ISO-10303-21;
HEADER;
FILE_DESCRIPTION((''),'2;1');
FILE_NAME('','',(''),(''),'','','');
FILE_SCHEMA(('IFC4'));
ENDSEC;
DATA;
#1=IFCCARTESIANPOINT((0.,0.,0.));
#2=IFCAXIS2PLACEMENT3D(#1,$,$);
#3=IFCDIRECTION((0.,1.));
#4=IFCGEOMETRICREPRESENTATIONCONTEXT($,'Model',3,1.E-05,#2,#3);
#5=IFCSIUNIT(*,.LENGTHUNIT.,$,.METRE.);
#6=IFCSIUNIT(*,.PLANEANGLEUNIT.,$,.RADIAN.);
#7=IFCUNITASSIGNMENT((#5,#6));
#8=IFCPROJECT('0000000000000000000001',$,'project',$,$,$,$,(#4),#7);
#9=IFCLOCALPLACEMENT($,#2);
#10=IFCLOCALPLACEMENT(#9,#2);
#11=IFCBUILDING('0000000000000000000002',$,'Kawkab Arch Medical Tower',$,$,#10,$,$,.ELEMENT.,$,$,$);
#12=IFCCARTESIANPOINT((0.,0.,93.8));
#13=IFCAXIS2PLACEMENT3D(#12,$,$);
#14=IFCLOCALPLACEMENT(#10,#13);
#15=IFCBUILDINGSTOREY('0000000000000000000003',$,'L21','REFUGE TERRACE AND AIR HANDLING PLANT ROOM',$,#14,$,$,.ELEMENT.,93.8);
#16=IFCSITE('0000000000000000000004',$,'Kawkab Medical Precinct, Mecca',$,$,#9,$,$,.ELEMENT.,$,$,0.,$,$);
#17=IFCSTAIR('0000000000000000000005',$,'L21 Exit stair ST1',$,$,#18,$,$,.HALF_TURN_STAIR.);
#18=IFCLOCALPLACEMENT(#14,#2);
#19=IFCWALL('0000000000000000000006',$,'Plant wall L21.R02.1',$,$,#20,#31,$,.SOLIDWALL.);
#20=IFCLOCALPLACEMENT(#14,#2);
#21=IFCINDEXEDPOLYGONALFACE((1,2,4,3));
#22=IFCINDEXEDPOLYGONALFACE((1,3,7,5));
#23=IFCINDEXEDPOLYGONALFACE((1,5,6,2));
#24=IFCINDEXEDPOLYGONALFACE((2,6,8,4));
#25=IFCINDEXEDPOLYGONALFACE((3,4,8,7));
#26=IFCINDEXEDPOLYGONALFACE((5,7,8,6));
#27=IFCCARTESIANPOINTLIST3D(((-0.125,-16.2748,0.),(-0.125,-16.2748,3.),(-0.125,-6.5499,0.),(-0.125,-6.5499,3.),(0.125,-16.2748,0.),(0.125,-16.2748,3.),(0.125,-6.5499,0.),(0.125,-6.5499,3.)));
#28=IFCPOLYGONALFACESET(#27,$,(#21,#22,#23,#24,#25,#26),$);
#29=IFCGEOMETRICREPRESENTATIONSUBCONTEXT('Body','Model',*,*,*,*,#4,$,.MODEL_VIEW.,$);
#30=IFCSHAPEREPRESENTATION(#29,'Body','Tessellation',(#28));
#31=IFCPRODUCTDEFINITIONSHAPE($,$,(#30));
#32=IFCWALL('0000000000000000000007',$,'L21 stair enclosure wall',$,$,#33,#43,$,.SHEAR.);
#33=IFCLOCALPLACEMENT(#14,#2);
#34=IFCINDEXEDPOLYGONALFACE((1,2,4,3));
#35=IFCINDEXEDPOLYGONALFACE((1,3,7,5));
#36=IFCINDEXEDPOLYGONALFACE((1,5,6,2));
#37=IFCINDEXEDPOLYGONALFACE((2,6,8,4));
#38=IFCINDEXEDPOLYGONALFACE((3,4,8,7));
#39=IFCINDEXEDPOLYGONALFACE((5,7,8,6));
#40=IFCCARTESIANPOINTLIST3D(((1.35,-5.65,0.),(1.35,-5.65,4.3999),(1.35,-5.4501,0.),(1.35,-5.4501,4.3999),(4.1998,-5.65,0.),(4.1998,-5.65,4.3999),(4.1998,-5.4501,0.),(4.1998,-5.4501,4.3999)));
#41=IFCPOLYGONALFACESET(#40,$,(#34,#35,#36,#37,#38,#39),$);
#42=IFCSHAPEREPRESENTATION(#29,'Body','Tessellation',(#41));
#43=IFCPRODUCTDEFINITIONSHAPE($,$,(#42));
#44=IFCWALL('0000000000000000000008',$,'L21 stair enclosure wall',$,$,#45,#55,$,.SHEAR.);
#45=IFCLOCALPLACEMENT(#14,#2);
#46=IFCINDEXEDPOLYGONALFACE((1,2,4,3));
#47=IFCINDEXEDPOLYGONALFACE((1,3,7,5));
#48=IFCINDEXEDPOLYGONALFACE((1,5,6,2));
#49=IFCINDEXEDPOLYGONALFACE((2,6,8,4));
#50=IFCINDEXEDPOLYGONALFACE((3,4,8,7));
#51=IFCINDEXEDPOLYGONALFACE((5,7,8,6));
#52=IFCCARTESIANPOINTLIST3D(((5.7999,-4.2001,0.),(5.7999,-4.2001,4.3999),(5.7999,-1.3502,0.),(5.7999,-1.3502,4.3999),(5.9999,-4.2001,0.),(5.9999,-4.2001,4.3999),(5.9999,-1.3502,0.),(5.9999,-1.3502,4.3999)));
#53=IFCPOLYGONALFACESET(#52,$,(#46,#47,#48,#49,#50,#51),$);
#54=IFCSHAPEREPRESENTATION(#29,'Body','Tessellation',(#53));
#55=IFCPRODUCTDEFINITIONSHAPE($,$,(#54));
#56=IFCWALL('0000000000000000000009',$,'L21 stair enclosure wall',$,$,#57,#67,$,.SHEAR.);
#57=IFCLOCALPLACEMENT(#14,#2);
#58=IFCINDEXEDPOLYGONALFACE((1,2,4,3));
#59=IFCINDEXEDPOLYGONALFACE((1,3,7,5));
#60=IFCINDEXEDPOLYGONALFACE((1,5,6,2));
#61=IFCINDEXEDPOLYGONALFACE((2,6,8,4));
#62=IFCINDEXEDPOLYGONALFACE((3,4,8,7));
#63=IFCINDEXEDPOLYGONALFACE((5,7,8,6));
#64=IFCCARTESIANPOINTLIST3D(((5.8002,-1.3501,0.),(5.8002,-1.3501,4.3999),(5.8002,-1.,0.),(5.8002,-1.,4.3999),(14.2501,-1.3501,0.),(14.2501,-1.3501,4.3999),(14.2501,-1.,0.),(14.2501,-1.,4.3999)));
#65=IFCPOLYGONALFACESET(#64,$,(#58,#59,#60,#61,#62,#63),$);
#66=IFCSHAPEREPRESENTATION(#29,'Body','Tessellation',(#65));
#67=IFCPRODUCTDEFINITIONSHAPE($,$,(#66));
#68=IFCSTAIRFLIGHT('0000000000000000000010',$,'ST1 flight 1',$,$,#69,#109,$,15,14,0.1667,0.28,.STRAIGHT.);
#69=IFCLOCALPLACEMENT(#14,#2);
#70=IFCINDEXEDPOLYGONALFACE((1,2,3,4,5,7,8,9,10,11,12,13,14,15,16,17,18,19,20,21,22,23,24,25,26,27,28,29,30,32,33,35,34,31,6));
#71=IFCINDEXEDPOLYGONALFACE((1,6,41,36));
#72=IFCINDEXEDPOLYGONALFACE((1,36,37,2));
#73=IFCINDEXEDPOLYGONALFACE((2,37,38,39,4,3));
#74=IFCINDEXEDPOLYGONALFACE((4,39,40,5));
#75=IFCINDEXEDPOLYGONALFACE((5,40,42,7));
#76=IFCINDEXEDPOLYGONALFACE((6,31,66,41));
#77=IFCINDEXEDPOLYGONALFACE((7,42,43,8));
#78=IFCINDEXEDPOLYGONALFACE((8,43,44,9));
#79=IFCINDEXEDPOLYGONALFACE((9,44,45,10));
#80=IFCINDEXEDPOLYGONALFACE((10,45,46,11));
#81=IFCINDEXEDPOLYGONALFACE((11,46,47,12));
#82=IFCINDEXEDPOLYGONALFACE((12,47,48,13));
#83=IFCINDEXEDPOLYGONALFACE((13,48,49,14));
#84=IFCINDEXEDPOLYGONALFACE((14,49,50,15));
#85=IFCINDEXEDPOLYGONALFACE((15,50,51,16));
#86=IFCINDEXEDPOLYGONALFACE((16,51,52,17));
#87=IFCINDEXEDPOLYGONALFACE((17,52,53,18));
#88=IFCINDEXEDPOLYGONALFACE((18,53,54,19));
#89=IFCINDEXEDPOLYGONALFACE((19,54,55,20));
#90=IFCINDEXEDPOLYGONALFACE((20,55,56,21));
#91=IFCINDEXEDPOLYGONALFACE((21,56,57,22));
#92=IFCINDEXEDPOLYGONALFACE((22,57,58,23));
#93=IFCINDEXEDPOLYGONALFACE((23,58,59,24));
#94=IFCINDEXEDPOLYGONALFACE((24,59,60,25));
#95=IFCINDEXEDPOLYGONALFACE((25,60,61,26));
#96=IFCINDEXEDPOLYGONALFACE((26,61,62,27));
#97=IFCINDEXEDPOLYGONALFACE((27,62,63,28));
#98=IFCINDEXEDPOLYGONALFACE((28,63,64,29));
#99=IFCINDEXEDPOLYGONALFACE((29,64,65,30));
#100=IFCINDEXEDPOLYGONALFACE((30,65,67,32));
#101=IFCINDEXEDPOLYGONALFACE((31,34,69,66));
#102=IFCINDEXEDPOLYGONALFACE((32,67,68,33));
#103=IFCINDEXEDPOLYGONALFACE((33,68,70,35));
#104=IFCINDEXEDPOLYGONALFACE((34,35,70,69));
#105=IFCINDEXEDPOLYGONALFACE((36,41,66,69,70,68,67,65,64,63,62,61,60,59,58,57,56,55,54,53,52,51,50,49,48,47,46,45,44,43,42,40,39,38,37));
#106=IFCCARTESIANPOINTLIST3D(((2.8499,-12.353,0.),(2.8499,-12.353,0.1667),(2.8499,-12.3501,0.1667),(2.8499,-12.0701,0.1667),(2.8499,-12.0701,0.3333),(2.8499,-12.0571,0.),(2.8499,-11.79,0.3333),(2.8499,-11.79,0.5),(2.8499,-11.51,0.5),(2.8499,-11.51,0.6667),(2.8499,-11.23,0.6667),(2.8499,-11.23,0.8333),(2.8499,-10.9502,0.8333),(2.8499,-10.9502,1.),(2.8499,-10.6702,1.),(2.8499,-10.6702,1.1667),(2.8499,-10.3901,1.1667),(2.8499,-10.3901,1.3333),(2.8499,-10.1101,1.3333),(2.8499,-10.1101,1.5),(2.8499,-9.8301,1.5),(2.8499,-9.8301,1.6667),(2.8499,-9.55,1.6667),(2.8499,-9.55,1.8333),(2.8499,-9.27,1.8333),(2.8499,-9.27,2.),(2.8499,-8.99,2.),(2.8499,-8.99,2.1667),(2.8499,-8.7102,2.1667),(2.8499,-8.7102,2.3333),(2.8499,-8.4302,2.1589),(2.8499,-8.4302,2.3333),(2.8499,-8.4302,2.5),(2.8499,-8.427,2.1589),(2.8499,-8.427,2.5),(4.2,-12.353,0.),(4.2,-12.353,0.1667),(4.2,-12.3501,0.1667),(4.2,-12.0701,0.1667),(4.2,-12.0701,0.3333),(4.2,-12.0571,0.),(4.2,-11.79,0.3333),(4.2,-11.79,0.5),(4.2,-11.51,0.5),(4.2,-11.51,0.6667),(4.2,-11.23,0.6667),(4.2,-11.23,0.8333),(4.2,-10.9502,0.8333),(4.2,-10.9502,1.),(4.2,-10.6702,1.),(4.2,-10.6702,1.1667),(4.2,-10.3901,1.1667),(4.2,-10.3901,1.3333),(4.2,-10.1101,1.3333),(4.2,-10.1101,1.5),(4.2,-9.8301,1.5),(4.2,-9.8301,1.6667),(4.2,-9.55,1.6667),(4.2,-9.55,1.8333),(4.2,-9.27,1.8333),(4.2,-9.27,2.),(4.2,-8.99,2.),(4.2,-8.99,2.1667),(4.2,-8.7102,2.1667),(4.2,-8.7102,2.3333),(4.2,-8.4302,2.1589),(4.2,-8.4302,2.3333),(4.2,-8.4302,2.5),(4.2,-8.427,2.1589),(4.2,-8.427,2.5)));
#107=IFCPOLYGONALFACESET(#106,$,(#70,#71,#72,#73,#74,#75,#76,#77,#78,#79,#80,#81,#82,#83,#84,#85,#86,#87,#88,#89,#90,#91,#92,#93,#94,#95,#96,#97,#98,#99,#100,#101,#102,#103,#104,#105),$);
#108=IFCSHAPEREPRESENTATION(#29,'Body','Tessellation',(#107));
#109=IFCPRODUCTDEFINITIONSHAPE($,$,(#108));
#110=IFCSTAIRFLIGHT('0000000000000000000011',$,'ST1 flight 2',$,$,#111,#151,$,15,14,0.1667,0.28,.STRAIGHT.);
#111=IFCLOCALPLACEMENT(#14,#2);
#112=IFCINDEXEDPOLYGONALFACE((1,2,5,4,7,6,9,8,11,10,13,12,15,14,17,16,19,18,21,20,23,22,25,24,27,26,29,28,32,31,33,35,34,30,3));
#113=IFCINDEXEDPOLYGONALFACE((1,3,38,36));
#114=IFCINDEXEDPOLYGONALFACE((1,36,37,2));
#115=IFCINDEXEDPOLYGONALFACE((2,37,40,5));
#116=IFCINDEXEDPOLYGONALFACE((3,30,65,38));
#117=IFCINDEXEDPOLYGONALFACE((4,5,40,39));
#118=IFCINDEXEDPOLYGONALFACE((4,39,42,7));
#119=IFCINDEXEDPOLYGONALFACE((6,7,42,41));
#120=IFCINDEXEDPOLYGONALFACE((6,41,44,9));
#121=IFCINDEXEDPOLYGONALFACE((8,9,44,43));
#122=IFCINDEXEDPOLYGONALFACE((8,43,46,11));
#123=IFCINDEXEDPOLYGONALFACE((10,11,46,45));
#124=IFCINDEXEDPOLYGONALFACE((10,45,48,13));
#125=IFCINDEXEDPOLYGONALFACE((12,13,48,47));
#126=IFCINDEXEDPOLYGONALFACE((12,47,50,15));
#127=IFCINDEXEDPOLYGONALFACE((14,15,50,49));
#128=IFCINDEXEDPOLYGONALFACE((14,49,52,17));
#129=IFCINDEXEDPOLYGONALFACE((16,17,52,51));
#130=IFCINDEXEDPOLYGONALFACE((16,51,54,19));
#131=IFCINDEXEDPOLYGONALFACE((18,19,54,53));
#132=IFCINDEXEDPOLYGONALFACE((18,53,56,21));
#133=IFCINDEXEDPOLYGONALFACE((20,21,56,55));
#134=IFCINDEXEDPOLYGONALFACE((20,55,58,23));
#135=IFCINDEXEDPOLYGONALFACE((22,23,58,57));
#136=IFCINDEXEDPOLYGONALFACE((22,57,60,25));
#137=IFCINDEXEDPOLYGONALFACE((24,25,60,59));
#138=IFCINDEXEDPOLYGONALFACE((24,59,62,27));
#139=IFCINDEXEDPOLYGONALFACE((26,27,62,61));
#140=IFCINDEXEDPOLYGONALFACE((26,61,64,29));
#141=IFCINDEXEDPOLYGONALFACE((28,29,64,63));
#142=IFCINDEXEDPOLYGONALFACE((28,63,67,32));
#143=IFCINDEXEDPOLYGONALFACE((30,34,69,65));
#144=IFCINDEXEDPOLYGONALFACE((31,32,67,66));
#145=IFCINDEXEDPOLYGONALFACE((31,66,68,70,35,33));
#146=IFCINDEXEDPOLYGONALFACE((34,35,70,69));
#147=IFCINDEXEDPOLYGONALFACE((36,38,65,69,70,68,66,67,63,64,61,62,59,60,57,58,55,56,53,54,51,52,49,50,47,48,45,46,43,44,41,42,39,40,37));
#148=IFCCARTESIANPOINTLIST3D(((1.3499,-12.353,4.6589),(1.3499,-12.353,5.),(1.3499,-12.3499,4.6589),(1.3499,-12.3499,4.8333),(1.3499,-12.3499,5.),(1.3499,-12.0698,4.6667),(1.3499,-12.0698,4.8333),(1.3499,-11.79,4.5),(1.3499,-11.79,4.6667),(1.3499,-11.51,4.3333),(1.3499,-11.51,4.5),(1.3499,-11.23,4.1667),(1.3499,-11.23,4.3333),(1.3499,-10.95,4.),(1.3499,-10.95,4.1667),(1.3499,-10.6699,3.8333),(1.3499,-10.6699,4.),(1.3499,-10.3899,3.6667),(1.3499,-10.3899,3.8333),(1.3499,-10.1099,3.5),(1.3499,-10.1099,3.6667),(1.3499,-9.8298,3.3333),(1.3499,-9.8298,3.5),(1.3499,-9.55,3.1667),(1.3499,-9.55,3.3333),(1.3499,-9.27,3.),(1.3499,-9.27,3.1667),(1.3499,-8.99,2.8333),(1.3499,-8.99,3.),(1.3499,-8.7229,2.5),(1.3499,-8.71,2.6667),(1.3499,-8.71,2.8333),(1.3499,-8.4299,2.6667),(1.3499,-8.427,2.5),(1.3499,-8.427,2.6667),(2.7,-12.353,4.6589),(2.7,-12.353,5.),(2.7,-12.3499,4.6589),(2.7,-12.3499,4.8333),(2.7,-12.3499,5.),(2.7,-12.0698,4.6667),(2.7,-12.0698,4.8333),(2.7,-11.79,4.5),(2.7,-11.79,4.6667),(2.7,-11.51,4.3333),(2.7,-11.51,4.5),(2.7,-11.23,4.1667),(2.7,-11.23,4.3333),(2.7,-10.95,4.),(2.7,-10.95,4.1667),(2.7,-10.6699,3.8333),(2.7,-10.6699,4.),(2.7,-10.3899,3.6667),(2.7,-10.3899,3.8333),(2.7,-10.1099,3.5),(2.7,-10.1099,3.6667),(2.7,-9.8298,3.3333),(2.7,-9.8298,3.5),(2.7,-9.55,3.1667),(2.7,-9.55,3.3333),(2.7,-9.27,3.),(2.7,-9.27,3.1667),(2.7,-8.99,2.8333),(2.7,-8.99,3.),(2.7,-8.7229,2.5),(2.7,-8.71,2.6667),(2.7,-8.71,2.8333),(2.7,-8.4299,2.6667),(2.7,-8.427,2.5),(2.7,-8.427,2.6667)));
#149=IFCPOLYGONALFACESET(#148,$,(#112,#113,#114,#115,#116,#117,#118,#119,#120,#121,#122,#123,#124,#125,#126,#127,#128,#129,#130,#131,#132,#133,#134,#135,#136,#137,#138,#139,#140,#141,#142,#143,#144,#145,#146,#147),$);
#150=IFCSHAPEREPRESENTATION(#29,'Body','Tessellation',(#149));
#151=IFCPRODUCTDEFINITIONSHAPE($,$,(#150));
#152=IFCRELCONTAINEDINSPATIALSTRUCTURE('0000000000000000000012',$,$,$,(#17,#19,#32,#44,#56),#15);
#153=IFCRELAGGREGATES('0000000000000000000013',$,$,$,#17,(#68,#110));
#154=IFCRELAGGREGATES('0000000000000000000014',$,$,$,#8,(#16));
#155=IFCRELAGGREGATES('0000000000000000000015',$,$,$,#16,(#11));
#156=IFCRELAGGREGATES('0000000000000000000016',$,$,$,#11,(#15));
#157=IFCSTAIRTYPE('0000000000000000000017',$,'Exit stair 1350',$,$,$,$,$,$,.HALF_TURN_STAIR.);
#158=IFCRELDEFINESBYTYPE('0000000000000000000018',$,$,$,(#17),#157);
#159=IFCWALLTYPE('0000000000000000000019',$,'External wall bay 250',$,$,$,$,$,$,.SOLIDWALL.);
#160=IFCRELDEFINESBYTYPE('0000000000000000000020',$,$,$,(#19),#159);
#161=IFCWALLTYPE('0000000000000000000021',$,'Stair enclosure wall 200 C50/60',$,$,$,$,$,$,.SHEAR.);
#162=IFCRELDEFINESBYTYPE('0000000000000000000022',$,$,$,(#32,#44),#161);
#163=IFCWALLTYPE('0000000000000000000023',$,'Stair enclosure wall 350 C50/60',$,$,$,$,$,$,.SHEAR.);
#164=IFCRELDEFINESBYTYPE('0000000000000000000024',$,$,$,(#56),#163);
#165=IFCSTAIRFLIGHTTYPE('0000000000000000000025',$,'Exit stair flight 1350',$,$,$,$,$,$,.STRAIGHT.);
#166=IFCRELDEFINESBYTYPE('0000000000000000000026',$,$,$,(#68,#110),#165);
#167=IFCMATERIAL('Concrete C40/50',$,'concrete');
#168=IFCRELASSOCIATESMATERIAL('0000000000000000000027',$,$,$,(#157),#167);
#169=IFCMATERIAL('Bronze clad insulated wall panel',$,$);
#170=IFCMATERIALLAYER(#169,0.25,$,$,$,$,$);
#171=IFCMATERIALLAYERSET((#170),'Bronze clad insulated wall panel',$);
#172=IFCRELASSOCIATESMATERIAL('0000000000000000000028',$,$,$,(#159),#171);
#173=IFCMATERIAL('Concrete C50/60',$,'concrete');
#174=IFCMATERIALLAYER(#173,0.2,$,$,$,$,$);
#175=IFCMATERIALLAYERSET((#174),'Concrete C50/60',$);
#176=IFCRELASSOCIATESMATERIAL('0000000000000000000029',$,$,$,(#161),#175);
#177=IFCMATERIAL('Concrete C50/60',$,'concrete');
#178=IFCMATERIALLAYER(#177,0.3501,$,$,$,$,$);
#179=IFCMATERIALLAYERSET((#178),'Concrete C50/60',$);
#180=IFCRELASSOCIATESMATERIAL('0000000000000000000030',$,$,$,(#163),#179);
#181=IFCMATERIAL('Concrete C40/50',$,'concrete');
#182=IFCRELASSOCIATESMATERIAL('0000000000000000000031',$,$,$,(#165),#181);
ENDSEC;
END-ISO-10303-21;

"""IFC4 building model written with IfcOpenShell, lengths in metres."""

from ifc_helpers import new_model, si_unit, direction, frame, frame_2d, origin, place, context, subcontext, project, spatial, polyline, rectangle, outline, extrude, material, layer, layer_set, type_object, element, aggregate, save


model = new_model("IFC4")

# Units and contexts
model_context = context("Model", 3, precision=1e-05, world=origin(), true_north=direction((0.0, 1.0)))
body_context = subcontext(model_context, "Body", "Model", "MODEL_VIEW")
ifc_project = project(units=[si_unit("LENGTHUNIT", "METRE"), si_unit("PLANEANGLEUNIT", "RADIAN")], contexts=[model_context])

# Site, building, storey
site_placement = place(None, origin())
site = spatial("IfcSite", under=ifc_project, at=site_placement, Name="Kawkab Medical Precinct, Mecca", CompositionType="ELEMENT", RefElevation=0.0)
building_placement = place(site_placement, origin())
building = spatial("IfcBuilding", under=site, at=building_placement, Name="Kawkab Arch Medical Tower", CompositionType="ELEMENT")
storey_placement = place(building_placement, frame((0.0, 0.0, 93.8)))
storey = spatial("IfcBuildingStorey", under=building, at=storey_placement, Name="L21", Description="REFUGE TERRACE AND AIR HANDLING PLANT ROOM", CompositionType="ELEMENT", Elevation=93.8)

# Stair
ifc_material_1 = material(Name="Concrete C40/50", Category="concrete")
stair_type = type_object("IfcStairType", Name="Exit stair 1350", PredefinedType="HALF_TURN_STAIR", material=ifc_material_1)
placement_1 = place(storey_placement, origin())
stair_1 = element("IfcStair", 1, at=placement_1, inside=storey, type_object=stair_type, Name="L21 Exit stair ST1", PredefinedType="HALF_TURN_STAIR")

# Walls
ifc_material_2 = material(Name="Bronze clad insulated wall panel")
ifc_layer_1 = layer(ifc_material_2, 0.25)
ifc_layer_set_1 = layer_set([ifc_layer_1], Name="Bronze clad insulated wall panel")
wall_type_1 = type_object("IfcWallType", Name="External wall bay 250", PredefinedType="SOLIDWALL", material=ifc_layer_set_1)
wall_1_placement = place(storey_placement, frame((0.0, -6.55, 0.0), z_axis=(0.0, 0.0, 1.0), x_axis=(0.0, -1.0, 0.0)))
element("IfcWall", 2, at=wall_1_placement, inside=storey, type_object=wall_type_1, Name="Plant wall L21.R02.1", PredefinedType="SOLIDWALL", context=body_context, shape_type="SweptSolid", body=[
    extrude(rectangle(XDim=9.7249, YDim=0.25, at=frame_2d((4.8623, 0.0))), origin(), (0.0, 0.0, 1.0), 3.0),
])
ifc_material_3 = material(Name="Concrete C50/60", Category="concrete")
ifc_layer_2 = layer(ifc_material_3, 0.2)
ifc_layer_set_2 = layer_set([ifc_layer_2], Name="Concrete C50/60")
wall_type_2 = type_object("IfcWallType", Name="Stair enclosure wall 200 C50/60", PredefinedType="SHEAR", material=ifc_layer_set_2)
for number, where, z_axis, x_axis, name in (
    (3, (1.3501, -5.55, 0.0), (0.0, 0.0, 1.0), (1.0, 0.0, 0.0), "L21 stair enclosure wall"),
    (4, (5.8999, -4.2, 0.0), (0.0, 0.0, 1.0), (0.0, 1.0, 0.0), "L21 stair enclosure wall"),
):
    element("IfcWall", number, at=place(storey_placement, frame(where, z_axis=z_axis, x_axis=x_axis)), inside=storey, type_object=wall_type_2, Name=name, PredefinedType="SHEAR", context=body_context, shape_type="SweptSolid", body=[
        extrude(rectangle(XDim=2.8499, YDim=0.2, at=frame_2d((1.4248, 0.0))), origin(), (0.0, 0.0, 1.0), 4.3999),
    ])
ifc_material_4 = material(Name="Concrete C50/60", Category="concrete")
ifc_layer_3 = layer(ifc_material_4, 0.3501)
ifc_layer_set_3 = layer_set([ifc_layer_3], Name="Concrete C50/60")
wall_type_3 = type_object("IfcWallType", Name="Stair enclosure wall 350 C50/60", PredefinedType="SHEAR", material=ifc_layer_set_3)
wall_2_placement = place(storey_placement, frame((5.8, -1.175, 0.0), z_axis=(0.0, 0.0, 1.0), x_axis=(1.0, 0.0, 0.0)))
element("IfcWall", 5, at=wall_2_placement, inside=storey, type_object=wall_type_3, Name="L21 stair enclosure wall", PredefinedType="SHEAR", context=body_context, shape_type="SweptSolid", body=[
    extrude(rectangle(XDim=8.45, YDim=0.3501, at=frame_2d((4.2251, 0.0))), origin(), (0.0, 0.0, 1.0), 4.3999),
])

# Stair flights
ifc_material_5 = material(Name="Concrete C40/50", Category="concrete")
stair_flight_type = type_object("IfcStairFlightType", Name="Exit stair flight 1350", PredefinedType="STRAIGHT", material=ifc_material_5)
stair_flight_1_placement = place(storey_placement, frame((3.5249, -12.3501, 0.0), z_axis=(0.0, 0.0, 1.0), x_axis=(0.0, 1.0, 0.0)))
stair_flight_1 = element("IfcStairFlight", 6, at=stair_flight_1_placement, type_object=stair_flight_type, Name="ST1 flight 1", NumberOfRisers=15, NumberOfTreads=14, PredefinedType="STRAIGHT", RiserHeight=0.1667, TreadLength=0.28, context=body_context, shape_type="SweptSolid", body=[
    extrude(outline(polyline([(-0.0029, 0.0), (-0.0029, 0.1667), (0.0, 0.1667), (0.28, 0.1667), (0.28, 0.3333), (0.5601, 0.3333), (0.5601, 0.5), (0.8401, 0.5), (0.8401, 0.6667), (1.1201, 0.6667), (1.1201, 0.8333), (1.3999, 0.8333), (1.3999, 1.0), (1.6799, 1.0), (1.6799, 1.1667), (1.96, 1.1667), (1.96, 1.3333), (2.24, 1.3333), (2.24, 1.5), (2.52, 1.5), (2.52, 1.6667), (2.8, 1.6667), (2.8, 1.8333), (3.0801, 1.8333), (3.0801, 2.0), (3.3601, 2.0), (3.3601, 2.1667), (3.6399, 2.1667), (3.6399, 2.3333), (3.9199, 2.3333), (3.9199, 2.5), (3.9231, 2.5), (3.9231, 2.1589), (3.9199, 2.1589), (0.293, 0.0), (-0.0029, 0.0)])), frame((0.0, 0.675, 0.0), z_axis=(0.0, -1.0, 0.0), x_axis=(1.0, 0.0, 0.0)), (0.0, 0.0, 1.0), 1.3501),
])
stair_flight_2_placement = place(storey_placement, frame((2.0249, -8.4299, 2.5), z_axis=(0.0, 0.0, 1.0), x_axis=(0.0, -1.0, 0.0)))
stair_flight_2 = element("IfcStairFlight", 7, at=stair_flight_2_placement, type_object=stair_flight_type, Name="ST1 flight 2", NumberOfRisers=15, NumberOfTreads=14, PredefinedType="STRAIGHT", RiserHeight=0.1667, TreadLength=0.28, context=body_context, shape_type="SweptSolid", body=[
    extrude(outline(polyline([(-0.0029, 0.0), (-0.0029, 0.1667), (0.0, 0.1667), (0.28, 0.1667), (0.28, 0.3333), (0.5601, 0.3333), (0.5601, 0.5), (0.8401, 0.5), (0.8401, 0.6667), (1.1201, 0.6667), (1.1201, 0.8333), (1.3999, 0.8333), (1.3999, 1.0), (1.6799, 1.0), (1.6799, 1.1667), (1.96, 1.1667), (1.96, 1.3333), (2.24, 1.3333), (2.24, 1.5), (2.52, 1.5), (2.52, 1.6667), (2.8, 1.6667), (2.8, 1.8333), (3.0801, 1.8333), (3.0801, 2.0), (3.3601, 2.0), (3.3601, 2.1667), (3.6399, 2.1667), (3.6399, 2.3333), (3.9199, 2.3333), (3.9199, 2.5), (3.9231, 2.5), (3.9231, 2.1589), (3.9199, 2.1589), (0.293, 0.0), (-0.0029, 0.0)])), frame((0.0, 0.675, 0.0), z_axis=(0.0, -1.0, 0.0), x_axis=(1.0, 0.0, 0.0)), (0.0, 0.0, 1.0), 1.3501),
])
aggregate(stair_1, [stair_flight_1, stair_flight_2])

save(model, "model.ifc")
